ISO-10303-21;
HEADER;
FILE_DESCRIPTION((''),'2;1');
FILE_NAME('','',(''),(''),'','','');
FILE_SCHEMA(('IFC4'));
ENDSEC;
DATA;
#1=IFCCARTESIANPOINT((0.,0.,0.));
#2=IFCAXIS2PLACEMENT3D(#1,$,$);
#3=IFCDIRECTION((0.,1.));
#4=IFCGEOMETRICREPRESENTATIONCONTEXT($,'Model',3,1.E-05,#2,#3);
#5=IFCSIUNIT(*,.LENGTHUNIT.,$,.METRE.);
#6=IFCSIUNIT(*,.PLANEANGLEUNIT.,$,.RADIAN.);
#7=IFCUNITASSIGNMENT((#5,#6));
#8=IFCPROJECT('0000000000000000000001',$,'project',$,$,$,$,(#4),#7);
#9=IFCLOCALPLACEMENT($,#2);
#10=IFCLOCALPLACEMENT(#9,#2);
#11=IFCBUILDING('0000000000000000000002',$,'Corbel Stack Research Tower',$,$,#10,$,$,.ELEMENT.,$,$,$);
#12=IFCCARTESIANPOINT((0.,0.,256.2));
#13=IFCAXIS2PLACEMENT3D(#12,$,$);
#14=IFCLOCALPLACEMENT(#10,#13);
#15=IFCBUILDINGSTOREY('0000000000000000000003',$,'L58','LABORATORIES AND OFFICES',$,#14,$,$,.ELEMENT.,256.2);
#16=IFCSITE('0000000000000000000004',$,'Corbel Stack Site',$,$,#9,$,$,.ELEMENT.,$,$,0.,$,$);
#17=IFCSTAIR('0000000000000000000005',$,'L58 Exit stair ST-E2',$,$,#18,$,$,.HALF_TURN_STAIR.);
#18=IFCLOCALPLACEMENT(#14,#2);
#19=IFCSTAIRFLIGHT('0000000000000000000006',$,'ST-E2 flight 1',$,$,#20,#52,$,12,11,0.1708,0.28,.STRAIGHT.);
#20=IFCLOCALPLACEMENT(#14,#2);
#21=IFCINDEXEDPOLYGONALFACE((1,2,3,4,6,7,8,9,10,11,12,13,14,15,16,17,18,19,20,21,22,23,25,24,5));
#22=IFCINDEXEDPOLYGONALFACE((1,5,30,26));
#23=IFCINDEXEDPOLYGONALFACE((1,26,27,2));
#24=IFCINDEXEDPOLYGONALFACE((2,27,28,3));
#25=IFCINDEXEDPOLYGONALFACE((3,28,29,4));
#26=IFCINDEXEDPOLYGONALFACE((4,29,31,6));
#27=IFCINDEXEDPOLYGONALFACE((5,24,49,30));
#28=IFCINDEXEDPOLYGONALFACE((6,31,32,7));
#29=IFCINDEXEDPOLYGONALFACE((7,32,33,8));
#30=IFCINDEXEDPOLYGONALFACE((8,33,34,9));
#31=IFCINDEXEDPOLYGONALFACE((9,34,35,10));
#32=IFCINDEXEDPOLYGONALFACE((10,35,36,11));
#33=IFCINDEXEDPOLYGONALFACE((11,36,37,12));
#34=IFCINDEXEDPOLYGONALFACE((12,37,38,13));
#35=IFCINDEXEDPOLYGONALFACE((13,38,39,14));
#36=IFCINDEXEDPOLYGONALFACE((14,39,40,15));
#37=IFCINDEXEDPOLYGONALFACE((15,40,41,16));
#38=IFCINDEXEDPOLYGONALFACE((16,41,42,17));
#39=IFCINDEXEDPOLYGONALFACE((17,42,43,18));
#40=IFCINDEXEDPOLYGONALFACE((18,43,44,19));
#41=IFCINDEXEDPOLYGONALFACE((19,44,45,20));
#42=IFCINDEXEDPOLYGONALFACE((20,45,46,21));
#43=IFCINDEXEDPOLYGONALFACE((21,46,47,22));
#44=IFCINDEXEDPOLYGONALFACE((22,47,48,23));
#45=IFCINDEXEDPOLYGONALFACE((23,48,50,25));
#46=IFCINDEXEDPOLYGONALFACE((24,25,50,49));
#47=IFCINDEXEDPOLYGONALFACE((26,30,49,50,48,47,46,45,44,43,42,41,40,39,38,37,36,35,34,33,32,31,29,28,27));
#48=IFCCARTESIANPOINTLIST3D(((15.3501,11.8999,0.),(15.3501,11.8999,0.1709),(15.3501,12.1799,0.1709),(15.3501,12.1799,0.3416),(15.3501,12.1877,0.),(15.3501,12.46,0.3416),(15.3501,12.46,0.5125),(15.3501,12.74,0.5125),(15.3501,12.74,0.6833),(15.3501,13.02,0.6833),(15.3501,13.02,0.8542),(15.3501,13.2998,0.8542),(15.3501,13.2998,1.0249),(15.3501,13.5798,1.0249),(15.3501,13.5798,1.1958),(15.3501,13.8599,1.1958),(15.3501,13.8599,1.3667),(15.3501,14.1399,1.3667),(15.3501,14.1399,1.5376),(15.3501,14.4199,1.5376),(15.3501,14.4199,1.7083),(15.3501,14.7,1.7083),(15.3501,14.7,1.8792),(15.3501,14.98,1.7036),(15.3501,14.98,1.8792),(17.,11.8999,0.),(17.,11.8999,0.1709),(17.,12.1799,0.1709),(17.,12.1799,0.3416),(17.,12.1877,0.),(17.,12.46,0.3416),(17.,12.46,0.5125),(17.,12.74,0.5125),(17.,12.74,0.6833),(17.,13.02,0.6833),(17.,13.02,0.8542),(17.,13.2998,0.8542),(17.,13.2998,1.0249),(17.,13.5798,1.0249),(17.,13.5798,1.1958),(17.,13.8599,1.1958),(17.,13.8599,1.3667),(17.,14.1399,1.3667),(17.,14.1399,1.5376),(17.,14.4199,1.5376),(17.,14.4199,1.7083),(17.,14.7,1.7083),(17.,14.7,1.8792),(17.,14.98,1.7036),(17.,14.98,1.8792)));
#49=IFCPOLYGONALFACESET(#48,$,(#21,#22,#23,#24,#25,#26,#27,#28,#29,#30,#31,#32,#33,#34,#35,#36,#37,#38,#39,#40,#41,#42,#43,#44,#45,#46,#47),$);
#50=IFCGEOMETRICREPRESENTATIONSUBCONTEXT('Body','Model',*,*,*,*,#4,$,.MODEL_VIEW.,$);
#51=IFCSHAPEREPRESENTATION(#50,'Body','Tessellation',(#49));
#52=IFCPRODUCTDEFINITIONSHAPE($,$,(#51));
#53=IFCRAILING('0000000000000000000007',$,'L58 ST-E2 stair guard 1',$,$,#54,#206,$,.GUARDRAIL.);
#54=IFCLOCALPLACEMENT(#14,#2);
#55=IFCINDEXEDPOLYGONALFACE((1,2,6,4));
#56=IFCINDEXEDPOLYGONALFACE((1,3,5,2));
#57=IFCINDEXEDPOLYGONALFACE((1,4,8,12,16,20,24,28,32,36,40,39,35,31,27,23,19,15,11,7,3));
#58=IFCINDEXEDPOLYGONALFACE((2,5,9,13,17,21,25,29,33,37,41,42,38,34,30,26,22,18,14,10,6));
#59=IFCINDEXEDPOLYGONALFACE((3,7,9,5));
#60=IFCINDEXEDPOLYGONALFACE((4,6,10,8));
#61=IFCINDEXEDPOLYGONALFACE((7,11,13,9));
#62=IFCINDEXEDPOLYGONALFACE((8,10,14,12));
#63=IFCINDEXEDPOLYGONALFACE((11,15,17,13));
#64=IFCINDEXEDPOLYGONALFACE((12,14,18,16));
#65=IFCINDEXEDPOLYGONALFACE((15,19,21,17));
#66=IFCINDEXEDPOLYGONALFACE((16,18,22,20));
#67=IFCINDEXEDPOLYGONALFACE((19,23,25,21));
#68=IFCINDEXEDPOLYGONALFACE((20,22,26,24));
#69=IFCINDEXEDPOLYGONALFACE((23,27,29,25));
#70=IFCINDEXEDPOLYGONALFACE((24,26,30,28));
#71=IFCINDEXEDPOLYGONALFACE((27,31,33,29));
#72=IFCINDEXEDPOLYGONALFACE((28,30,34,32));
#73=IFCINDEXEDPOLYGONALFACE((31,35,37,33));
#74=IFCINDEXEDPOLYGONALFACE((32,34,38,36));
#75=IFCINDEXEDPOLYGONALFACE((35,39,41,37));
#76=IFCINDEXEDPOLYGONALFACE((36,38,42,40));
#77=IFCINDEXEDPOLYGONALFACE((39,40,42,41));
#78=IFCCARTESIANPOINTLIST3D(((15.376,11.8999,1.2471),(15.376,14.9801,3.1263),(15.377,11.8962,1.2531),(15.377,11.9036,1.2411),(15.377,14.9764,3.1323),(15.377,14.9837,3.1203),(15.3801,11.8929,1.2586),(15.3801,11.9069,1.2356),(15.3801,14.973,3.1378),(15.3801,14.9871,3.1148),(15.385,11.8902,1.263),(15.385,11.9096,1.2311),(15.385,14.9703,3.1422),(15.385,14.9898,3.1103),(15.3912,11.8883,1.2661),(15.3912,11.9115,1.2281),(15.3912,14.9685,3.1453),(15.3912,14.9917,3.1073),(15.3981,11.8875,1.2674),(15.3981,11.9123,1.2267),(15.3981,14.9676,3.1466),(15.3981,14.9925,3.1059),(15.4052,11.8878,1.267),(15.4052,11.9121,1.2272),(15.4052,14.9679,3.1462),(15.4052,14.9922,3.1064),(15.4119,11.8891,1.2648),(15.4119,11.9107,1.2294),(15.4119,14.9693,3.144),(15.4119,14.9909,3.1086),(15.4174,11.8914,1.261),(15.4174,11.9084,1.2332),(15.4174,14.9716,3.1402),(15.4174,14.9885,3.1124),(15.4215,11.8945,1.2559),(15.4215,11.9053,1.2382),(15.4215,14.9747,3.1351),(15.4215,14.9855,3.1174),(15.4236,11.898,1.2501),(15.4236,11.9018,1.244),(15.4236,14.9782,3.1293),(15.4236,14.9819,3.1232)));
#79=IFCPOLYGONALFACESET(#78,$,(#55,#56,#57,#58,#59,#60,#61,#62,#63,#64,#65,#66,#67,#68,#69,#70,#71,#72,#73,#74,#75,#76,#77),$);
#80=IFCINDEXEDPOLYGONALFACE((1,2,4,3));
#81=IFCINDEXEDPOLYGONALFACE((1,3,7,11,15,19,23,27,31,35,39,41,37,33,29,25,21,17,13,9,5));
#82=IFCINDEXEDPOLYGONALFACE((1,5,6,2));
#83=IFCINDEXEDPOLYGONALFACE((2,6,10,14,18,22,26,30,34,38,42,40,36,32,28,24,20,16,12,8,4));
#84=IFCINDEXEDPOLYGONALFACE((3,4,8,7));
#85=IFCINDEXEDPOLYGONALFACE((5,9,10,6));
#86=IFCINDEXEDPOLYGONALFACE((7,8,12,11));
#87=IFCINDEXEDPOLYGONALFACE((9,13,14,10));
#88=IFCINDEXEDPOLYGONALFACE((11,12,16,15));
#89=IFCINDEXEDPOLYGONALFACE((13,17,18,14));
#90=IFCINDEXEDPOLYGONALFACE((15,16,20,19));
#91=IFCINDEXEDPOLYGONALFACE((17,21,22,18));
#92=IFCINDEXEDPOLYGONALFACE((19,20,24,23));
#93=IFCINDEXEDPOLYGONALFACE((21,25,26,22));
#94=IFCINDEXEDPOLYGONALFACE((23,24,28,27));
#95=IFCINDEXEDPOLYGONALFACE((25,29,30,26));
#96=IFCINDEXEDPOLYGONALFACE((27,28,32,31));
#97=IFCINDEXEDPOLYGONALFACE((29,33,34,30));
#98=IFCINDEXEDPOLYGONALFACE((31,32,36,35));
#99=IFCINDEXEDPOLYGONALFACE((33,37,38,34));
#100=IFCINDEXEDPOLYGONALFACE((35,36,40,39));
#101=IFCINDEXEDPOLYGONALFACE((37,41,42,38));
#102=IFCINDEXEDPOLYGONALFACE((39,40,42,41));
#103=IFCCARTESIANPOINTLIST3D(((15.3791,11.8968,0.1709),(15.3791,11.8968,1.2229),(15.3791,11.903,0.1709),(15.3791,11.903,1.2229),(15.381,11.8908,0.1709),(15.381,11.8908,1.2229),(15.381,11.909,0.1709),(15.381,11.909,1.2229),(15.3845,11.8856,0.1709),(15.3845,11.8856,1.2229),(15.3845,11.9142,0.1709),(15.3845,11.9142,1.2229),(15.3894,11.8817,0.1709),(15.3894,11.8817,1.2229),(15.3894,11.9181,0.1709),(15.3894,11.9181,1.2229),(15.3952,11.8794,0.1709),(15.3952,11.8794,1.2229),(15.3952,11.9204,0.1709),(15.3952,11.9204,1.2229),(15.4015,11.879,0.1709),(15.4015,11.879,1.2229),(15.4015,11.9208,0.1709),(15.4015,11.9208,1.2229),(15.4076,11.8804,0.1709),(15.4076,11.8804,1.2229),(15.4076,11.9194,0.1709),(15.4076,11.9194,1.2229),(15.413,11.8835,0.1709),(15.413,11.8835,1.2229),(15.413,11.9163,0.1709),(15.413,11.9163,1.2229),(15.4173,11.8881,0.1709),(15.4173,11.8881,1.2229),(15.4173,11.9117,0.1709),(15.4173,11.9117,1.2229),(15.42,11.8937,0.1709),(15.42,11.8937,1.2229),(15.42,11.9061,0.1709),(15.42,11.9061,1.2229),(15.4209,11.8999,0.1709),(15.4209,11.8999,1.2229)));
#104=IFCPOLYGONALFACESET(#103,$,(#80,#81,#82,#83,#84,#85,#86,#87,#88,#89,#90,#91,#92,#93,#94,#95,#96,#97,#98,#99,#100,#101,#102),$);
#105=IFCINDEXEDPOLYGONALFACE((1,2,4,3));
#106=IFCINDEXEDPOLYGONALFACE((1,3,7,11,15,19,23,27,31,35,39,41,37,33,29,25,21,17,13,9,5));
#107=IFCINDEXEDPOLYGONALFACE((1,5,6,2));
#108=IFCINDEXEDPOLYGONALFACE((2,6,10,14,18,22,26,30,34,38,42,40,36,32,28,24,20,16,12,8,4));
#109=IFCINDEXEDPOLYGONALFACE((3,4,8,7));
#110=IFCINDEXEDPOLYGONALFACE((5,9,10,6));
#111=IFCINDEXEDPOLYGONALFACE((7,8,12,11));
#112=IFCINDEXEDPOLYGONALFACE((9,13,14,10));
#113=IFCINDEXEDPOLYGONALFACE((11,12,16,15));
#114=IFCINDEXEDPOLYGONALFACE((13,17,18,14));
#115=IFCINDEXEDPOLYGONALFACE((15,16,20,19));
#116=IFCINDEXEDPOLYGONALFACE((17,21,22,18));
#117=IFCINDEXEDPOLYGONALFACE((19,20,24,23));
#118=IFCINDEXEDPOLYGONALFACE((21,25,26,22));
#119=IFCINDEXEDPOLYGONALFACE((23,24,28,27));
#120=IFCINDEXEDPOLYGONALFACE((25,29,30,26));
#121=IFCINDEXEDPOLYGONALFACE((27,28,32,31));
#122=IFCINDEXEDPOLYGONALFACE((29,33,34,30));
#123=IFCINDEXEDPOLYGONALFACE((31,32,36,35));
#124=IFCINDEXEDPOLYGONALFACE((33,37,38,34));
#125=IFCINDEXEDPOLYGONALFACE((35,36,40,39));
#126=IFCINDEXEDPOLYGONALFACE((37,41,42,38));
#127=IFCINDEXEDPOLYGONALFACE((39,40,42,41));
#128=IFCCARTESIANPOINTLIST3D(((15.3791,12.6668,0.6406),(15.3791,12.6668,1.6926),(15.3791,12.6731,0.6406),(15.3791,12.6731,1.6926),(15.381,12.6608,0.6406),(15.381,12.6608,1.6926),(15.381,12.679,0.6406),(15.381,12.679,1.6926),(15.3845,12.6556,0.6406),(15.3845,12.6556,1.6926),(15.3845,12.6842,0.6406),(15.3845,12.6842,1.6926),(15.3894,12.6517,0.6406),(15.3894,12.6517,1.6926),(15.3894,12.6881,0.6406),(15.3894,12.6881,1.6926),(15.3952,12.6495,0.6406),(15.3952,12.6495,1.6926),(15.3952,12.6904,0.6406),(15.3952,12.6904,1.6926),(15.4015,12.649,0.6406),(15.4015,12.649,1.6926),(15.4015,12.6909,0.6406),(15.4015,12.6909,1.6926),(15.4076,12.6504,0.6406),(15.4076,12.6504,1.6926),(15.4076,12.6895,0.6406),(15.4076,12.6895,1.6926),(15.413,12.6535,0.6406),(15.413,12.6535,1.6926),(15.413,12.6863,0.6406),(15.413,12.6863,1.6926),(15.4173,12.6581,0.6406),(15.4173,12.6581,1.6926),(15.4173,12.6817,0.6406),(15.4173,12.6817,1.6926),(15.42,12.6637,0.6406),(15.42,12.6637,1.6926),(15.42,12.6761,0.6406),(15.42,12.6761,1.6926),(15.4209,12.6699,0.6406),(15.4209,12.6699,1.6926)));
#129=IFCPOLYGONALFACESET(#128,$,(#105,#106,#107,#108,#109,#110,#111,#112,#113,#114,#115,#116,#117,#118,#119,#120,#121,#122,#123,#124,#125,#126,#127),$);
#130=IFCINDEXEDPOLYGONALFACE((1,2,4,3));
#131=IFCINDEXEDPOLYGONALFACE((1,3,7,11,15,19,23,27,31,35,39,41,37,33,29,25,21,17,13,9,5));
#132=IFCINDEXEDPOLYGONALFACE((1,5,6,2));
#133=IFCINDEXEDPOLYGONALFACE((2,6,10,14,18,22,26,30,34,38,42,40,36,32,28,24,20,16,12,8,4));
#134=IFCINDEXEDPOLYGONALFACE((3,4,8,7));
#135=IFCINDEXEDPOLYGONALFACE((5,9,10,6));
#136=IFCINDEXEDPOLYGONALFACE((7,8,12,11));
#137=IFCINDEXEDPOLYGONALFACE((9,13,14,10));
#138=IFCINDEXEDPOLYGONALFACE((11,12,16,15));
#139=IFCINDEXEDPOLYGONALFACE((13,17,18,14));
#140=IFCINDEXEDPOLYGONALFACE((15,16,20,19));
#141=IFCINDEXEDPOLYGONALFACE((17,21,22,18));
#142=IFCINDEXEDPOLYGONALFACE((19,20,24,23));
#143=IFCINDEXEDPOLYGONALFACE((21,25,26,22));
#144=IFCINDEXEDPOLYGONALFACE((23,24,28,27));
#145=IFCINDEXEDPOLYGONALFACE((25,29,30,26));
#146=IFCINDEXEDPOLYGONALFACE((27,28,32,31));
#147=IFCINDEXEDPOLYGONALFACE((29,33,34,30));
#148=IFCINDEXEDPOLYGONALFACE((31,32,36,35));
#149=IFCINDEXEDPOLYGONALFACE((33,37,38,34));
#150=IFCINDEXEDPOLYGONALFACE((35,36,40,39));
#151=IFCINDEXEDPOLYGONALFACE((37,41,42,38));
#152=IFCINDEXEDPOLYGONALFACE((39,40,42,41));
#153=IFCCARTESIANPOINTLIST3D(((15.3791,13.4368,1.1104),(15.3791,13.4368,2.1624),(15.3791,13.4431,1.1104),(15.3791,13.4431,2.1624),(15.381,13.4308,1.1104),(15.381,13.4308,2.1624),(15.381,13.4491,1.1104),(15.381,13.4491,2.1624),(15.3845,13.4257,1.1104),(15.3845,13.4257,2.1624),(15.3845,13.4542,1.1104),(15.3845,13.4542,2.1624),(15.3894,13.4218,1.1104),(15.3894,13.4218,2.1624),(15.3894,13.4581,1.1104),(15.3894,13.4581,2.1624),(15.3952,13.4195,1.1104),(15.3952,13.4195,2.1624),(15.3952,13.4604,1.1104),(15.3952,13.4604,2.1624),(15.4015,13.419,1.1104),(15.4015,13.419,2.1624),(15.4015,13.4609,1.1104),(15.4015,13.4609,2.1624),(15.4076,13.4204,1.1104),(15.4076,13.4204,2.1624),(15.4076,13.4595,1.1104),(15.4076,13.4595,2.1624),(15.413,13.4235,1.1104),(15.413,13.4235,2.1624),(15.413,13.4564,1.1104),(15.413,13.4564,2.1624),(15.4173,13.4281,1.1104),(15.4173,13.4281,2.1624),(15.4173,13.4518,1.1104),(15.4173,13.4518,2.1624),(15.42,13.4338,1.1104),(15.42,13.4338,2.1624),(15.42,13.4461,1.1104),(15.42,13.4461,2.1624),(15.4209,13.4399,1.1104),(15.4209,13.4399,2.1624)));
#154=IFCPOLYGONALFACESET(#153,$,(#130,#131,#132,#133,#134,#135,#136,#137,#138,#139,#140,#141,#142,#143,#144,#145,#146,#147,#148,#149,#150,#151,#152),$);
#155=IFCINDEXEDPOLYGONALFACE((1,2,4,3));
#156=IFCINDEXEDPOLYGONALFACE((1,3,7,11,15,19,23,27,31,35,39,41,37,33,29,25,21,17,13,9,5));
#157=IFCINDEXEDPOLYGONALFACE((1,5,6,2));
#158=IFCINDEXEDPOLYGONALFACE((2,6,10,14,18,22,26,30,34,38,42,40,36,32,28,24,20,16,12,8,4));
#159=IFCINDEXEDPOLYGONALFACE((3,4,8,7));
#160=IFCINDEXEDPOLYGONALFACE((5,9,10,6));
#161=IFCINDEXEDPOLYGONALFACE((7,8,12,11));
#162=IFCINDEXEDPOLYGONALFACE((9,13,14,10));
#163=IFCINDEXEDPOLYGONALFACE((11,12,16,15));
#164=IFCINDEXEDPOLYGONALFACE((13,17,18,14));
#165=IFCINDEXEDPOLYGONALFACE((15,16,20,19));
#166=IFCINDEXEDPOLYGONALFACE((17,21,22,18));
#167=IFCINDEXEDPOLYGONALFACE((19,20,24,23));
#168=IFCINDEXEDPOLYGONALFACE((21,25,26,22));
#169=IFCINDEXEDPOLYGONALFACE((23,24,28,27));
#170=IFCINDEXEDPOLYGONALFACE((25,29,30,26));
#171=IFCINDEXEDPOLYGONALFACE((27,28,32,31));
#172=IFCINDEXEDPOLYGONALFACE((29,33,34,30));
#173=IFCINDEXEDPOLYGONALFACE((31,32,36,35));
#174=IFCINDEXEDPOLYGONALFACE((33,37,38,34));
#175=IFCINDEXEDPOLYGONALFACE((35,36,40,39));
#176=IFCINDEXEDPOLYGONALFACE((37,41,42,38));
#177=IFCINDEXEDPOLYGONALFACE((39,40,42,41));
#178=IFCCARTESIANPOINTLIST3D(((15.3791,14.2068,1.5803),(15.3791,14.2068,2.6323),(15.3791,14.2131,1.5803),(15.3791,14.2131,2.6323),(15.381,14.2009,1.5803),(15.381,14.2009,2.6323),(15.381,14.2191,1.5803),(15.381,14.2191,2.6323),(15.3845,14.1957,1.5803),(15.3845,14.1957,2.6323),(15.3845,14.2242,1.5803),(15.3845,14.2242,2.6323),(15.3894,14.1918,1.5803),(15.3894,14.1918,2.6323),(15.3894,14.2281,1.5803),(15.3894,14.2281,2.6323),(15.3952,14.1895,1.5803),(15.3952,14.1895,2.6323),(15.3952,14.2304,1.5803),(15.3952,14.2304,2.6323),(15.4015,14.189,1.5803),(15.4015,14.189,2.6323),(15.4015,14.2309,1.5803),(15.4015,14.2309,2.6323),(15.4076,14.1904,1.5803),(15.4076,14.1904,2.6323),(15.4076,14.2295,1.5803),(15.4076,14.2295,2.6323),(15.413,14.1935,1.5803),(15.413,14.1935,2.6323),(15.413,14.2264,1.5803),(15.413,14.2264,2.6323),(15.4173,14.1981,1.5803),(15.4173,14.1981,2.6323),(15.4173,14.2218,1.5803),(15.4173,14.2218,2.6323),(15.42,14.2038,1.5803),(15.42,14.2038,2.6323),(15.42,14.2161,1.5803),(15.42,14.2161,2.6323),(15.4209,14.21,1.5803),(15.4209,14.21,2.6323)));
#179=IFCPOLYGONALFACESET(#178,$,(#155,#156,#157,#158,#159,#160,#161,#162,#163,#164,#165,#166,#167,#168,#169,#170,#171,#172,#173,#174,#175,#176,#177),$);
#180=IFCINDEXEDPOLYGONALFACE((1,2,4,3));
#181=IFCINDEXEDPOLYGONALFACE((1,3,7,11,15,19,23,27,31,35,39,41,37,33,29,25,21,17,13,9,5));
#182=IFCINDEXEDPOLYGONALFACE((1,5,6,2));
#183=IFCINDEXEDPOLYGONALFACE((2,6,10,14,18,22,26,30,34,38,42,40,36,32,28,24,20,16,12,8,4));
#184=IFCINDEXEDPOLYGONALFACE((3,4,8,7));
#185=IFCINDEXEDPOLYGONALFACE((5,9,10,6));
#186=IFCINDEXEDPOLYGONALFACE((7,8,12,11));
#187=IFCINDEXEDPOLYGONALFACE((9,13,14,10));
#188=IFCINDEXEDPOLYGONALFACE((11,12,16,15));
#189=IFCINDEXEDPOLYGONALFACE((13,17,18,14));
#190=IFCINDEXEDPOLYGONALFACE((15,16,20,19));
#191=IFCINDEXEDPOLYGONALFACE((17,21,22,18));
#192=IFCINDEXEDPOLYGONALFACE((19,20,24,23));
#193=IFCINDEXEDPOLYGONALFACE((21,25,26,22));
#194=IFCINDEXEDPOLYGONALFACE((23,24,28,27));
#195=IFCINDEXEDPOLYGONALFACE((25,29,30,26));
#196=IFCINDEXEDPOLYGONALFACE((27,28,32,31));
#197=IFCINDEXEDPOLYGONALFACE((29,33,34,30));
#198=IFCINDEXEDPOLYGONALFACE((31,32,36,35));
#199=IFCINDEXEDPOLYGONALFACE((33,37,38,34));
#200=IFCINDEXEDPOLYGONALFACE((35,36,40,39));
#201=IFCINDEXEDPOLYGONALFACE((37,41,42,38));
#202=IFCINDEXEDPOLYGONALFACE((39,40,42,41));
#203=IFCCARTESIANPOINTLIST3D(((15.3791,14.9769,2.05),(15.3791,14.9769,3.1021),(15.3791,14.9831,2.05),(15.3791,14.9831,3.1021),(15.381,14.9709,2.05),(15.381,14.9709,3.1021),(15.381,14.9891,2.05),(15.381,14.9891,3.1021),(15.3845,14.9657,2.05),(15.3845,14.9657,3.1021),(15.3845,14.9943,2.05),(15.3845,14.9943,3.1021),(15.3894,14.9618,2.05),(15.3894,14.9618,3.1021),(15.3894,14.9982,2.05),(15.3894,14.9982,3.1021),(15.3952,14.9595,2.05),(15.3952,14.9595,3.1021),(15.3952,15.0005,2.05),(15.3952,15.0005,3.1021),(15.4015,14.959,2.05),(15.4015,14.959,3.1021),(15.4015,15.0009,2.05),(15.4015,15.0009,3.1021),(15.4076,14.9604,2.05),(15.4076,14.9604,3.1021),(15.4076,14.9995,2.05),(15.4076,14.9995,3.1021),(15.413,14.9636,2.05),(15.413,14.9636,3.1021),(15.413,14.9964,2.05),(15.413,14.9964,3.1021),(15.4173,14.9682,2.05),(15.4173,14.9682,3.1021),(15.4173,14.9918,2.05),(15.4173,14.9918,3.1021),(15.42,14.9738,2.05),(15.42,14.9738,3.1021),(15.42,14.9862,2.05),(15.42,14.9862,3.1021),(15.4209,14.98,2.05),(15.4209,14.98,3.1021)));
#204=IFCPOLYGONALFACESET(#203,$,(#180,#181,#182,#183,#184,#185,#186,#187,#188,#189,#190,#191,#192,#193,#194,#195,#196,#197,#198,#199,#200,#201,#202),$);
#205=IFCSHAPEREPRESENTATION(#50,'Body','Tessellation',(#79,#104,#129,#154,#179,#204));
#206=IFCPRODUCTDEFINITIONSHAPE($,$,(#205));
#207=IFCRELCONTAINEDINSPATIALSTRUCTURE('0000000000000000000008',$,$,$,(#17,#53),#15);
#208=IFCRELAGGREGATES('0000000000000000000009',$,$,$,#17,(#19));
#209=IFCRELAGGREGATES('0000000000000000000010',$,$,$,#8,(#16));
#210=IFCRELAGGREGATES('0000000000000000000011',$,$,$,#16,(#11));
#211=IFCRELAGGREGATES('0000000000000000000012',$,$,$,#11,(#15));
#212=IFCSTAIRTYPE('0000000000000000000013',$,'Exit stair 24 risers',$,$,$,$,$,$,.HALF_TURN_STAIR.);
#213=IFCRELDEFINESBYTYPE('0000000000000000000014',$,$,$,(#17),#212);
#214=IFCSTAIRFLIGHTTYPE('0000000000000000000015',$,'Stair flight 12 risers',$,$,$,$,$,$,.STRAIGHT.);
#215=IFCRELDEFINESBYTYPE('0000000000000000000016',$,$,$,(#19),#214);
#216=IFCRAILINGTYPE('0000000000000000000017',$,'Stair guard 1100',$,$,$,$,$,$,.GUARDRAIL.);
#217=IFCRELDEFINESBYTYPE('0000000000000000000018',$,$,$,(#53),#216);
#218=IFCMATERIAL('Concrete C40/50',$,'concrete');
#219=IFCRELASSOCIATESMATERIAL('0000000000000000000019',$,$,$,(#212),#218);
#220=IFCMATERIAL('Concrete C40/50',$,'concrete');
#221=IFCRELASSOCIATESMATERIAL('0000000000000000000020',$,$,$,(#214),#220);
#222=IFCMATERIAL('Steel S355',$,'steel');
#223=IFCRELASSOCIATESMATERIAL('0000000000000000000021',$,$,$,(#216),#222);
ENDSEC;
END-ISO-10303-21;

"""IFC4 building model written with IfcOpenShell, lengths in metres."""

from ifc_helpers import new_model, si_unit, direction, frame, origin, origin_2d, place, context, subcontext, project, spatial, polyline, circle, outline, extrude, material, type_object, element, aggregate, save


model = new_model("IFC4")

# Units and contexts
model_context = context("Model", 3, precision=1e-05, world=origin(), true_north=direction((0.0, 1.0)))
body_context = subcontext(model_context, "Body", "Model", "MODEL_VIEW")
ifc_project = project(units=[si_unit("LENGTHUNIT", "METRE"), si_unit("PLANEANGLEUNIT", "RADIAN")], contexts=[model_context])

# Site, building, storey
site_placement = place(None, origin())
site = spatial("IfcSite", under=ifc_project, at=site_placement, Name="Corbel Stack Site", CompositionType="ELEMENT", RefElevation=0.0)
building_placement = place(site_placement, origin())
building = spatial("IfcBuilding", under=site, at=building_placement, Name="Corbel Stack Research Tower", CompositionType="ELEMENT")
storey_placement = place(building_placement, frame((0.0, 0.0, 256.2)))
storey = spatial("IfcBuildingStorey", under=building, at=storey_placement, Name="L58", Description="LABORATORIES AND OFFICES", CompositionType="ELEMENT", Elevation=256.2)

# Stair, stair flight
ifc_material_1 = material(Name="Concrete C40/50", Category="concrete")
stair_type = type_object("IfcStairType", Name="Exit stair 24 risers", PredefinedType="HALF_TURN_STAIR", material=ifc_material_1)
stair_placement = place(storey_placement, origin())
stair = element("IfcStair", 1, at=stair_placement, inside=storey, type_object=stair_type, Name="L58 Exit stair ST-E2", PredefinedType="HALF_TURN_STAIR")
ifc_material_2 = material(Name="Concrete C40/50", Category="concrete")
stair_flight_type = type_object("IfcStairFlightType", Name="Stair flight 12 risers", PredefinedType="STRAIGHT", material=ifc_material_2)
stair_flight_placement = place(storey_placement, frame((16.175, 11.8999, 0.0), z_axis=(0.0, 0.0, 1.0), x_axis=(0.0, 1.0, 0.0)))
stair_flight = element("IfcStairFlight", 2, at=stair_flight_placement, type_object=stair_flight_type, Name="ST-E2 flight 1", NumberOfRisers=12, NumberOfTreads=11, PredefinedType="STRAIGHT", RiserHeight=0.1708, TreadLength=0.28, context=body_context, shape_type="SweptSolid", body=[
    extrude(outline(polyline([(0.0, 0.0), (0.0, 0.1709), (0.28, 0.1709), (0.28, 0.3416), (0.5601, 0.3416), (0.5601, 0.5125), (0.8401, 0.5125), (0.8401, 0.6833), (1.1201, 0.6833), (1.1201, 0.8542), (1.3999, 0.8542), (1.3999, 1.0249), (1.6799, 1.0249), (1.6799, 1.1958), (1.96, 1.1958), (1.96, 1.3667), (2.24, 1.3667), (2.24, 1.5376), (2.52, 1.5376), (2.52, 1.7083), (2.8, 1.7083), (2.8, 1.8792), (3.0801, 1.8792), (3.0801, 2.05), (3.0801, 1.7036), (0.2878, 0.0), (0.0, 0.0)])), frame((0.0, 0.825, 0.0), z_axis=(0.0, -1.0, 0.0), x_axis=(1.0, 0.0, 0.0)), (0.0, 0.0, 1.0), 1.6499),
])
aggregate(stair, [stair_flight])

# Railing
ifc_material_3 = material(Name="Steel S355", Category="steel")
railing_type = type_object("IfcRailingType", Name="Stair guard 1100", PredefinedType="GUARDRAIL", material=ifc_material_3)
railing_1_placement = place(storey_placement, frame((15.3999, 11.8999, 0.1709)))
element("IfcRailing", 3, at=railing_1_placement, inside=storey, type_object=railing_type, Name="L58 ST-E2 stair guard 1", PredefinedType="GUARDRAIL", context=body_context, shape_type="SweptSolid", body=[
    extrude(circle(Radius=0.0239, at=origin_2d()), frame((0.0, 0.0, 1.0762), z_axis=(0.0, 0.853666, 0.52082), x_axis=(-1.0, 0.0, 0.0)), (0.0, 0.0, 1.0), 3.6082),
    extrude(circle(Radius=0.021, at=origin_2d()), origin(), (0.0, 0.0, 1.0), 1.052),
    extrude(circle(Radius=0.021, at=origin_2d()), frame((0.0, 0.77, 0.4697)), (0.0, 0.0, 1.0), 1.052),
    extrude(circle(Radius=0.021, at=origin_2d()), frame((0.0, 1.54, 0.9395)), (0.0, 0.0, 1.0), 1.052),
    extrude(circle(Radius=0.021, at=origin_2d()), frame((0.0, 2.3101, 1.4094)), (0.0, 0.0, 1.0), 1.052),
    extrude(circle(Radius=0.021, at=origin_2d()), frame((0.0, 3.0801, 1.8792)), (0.0, 0.0, 1.0), 1.052),
])

save(model, "model.ifc")
